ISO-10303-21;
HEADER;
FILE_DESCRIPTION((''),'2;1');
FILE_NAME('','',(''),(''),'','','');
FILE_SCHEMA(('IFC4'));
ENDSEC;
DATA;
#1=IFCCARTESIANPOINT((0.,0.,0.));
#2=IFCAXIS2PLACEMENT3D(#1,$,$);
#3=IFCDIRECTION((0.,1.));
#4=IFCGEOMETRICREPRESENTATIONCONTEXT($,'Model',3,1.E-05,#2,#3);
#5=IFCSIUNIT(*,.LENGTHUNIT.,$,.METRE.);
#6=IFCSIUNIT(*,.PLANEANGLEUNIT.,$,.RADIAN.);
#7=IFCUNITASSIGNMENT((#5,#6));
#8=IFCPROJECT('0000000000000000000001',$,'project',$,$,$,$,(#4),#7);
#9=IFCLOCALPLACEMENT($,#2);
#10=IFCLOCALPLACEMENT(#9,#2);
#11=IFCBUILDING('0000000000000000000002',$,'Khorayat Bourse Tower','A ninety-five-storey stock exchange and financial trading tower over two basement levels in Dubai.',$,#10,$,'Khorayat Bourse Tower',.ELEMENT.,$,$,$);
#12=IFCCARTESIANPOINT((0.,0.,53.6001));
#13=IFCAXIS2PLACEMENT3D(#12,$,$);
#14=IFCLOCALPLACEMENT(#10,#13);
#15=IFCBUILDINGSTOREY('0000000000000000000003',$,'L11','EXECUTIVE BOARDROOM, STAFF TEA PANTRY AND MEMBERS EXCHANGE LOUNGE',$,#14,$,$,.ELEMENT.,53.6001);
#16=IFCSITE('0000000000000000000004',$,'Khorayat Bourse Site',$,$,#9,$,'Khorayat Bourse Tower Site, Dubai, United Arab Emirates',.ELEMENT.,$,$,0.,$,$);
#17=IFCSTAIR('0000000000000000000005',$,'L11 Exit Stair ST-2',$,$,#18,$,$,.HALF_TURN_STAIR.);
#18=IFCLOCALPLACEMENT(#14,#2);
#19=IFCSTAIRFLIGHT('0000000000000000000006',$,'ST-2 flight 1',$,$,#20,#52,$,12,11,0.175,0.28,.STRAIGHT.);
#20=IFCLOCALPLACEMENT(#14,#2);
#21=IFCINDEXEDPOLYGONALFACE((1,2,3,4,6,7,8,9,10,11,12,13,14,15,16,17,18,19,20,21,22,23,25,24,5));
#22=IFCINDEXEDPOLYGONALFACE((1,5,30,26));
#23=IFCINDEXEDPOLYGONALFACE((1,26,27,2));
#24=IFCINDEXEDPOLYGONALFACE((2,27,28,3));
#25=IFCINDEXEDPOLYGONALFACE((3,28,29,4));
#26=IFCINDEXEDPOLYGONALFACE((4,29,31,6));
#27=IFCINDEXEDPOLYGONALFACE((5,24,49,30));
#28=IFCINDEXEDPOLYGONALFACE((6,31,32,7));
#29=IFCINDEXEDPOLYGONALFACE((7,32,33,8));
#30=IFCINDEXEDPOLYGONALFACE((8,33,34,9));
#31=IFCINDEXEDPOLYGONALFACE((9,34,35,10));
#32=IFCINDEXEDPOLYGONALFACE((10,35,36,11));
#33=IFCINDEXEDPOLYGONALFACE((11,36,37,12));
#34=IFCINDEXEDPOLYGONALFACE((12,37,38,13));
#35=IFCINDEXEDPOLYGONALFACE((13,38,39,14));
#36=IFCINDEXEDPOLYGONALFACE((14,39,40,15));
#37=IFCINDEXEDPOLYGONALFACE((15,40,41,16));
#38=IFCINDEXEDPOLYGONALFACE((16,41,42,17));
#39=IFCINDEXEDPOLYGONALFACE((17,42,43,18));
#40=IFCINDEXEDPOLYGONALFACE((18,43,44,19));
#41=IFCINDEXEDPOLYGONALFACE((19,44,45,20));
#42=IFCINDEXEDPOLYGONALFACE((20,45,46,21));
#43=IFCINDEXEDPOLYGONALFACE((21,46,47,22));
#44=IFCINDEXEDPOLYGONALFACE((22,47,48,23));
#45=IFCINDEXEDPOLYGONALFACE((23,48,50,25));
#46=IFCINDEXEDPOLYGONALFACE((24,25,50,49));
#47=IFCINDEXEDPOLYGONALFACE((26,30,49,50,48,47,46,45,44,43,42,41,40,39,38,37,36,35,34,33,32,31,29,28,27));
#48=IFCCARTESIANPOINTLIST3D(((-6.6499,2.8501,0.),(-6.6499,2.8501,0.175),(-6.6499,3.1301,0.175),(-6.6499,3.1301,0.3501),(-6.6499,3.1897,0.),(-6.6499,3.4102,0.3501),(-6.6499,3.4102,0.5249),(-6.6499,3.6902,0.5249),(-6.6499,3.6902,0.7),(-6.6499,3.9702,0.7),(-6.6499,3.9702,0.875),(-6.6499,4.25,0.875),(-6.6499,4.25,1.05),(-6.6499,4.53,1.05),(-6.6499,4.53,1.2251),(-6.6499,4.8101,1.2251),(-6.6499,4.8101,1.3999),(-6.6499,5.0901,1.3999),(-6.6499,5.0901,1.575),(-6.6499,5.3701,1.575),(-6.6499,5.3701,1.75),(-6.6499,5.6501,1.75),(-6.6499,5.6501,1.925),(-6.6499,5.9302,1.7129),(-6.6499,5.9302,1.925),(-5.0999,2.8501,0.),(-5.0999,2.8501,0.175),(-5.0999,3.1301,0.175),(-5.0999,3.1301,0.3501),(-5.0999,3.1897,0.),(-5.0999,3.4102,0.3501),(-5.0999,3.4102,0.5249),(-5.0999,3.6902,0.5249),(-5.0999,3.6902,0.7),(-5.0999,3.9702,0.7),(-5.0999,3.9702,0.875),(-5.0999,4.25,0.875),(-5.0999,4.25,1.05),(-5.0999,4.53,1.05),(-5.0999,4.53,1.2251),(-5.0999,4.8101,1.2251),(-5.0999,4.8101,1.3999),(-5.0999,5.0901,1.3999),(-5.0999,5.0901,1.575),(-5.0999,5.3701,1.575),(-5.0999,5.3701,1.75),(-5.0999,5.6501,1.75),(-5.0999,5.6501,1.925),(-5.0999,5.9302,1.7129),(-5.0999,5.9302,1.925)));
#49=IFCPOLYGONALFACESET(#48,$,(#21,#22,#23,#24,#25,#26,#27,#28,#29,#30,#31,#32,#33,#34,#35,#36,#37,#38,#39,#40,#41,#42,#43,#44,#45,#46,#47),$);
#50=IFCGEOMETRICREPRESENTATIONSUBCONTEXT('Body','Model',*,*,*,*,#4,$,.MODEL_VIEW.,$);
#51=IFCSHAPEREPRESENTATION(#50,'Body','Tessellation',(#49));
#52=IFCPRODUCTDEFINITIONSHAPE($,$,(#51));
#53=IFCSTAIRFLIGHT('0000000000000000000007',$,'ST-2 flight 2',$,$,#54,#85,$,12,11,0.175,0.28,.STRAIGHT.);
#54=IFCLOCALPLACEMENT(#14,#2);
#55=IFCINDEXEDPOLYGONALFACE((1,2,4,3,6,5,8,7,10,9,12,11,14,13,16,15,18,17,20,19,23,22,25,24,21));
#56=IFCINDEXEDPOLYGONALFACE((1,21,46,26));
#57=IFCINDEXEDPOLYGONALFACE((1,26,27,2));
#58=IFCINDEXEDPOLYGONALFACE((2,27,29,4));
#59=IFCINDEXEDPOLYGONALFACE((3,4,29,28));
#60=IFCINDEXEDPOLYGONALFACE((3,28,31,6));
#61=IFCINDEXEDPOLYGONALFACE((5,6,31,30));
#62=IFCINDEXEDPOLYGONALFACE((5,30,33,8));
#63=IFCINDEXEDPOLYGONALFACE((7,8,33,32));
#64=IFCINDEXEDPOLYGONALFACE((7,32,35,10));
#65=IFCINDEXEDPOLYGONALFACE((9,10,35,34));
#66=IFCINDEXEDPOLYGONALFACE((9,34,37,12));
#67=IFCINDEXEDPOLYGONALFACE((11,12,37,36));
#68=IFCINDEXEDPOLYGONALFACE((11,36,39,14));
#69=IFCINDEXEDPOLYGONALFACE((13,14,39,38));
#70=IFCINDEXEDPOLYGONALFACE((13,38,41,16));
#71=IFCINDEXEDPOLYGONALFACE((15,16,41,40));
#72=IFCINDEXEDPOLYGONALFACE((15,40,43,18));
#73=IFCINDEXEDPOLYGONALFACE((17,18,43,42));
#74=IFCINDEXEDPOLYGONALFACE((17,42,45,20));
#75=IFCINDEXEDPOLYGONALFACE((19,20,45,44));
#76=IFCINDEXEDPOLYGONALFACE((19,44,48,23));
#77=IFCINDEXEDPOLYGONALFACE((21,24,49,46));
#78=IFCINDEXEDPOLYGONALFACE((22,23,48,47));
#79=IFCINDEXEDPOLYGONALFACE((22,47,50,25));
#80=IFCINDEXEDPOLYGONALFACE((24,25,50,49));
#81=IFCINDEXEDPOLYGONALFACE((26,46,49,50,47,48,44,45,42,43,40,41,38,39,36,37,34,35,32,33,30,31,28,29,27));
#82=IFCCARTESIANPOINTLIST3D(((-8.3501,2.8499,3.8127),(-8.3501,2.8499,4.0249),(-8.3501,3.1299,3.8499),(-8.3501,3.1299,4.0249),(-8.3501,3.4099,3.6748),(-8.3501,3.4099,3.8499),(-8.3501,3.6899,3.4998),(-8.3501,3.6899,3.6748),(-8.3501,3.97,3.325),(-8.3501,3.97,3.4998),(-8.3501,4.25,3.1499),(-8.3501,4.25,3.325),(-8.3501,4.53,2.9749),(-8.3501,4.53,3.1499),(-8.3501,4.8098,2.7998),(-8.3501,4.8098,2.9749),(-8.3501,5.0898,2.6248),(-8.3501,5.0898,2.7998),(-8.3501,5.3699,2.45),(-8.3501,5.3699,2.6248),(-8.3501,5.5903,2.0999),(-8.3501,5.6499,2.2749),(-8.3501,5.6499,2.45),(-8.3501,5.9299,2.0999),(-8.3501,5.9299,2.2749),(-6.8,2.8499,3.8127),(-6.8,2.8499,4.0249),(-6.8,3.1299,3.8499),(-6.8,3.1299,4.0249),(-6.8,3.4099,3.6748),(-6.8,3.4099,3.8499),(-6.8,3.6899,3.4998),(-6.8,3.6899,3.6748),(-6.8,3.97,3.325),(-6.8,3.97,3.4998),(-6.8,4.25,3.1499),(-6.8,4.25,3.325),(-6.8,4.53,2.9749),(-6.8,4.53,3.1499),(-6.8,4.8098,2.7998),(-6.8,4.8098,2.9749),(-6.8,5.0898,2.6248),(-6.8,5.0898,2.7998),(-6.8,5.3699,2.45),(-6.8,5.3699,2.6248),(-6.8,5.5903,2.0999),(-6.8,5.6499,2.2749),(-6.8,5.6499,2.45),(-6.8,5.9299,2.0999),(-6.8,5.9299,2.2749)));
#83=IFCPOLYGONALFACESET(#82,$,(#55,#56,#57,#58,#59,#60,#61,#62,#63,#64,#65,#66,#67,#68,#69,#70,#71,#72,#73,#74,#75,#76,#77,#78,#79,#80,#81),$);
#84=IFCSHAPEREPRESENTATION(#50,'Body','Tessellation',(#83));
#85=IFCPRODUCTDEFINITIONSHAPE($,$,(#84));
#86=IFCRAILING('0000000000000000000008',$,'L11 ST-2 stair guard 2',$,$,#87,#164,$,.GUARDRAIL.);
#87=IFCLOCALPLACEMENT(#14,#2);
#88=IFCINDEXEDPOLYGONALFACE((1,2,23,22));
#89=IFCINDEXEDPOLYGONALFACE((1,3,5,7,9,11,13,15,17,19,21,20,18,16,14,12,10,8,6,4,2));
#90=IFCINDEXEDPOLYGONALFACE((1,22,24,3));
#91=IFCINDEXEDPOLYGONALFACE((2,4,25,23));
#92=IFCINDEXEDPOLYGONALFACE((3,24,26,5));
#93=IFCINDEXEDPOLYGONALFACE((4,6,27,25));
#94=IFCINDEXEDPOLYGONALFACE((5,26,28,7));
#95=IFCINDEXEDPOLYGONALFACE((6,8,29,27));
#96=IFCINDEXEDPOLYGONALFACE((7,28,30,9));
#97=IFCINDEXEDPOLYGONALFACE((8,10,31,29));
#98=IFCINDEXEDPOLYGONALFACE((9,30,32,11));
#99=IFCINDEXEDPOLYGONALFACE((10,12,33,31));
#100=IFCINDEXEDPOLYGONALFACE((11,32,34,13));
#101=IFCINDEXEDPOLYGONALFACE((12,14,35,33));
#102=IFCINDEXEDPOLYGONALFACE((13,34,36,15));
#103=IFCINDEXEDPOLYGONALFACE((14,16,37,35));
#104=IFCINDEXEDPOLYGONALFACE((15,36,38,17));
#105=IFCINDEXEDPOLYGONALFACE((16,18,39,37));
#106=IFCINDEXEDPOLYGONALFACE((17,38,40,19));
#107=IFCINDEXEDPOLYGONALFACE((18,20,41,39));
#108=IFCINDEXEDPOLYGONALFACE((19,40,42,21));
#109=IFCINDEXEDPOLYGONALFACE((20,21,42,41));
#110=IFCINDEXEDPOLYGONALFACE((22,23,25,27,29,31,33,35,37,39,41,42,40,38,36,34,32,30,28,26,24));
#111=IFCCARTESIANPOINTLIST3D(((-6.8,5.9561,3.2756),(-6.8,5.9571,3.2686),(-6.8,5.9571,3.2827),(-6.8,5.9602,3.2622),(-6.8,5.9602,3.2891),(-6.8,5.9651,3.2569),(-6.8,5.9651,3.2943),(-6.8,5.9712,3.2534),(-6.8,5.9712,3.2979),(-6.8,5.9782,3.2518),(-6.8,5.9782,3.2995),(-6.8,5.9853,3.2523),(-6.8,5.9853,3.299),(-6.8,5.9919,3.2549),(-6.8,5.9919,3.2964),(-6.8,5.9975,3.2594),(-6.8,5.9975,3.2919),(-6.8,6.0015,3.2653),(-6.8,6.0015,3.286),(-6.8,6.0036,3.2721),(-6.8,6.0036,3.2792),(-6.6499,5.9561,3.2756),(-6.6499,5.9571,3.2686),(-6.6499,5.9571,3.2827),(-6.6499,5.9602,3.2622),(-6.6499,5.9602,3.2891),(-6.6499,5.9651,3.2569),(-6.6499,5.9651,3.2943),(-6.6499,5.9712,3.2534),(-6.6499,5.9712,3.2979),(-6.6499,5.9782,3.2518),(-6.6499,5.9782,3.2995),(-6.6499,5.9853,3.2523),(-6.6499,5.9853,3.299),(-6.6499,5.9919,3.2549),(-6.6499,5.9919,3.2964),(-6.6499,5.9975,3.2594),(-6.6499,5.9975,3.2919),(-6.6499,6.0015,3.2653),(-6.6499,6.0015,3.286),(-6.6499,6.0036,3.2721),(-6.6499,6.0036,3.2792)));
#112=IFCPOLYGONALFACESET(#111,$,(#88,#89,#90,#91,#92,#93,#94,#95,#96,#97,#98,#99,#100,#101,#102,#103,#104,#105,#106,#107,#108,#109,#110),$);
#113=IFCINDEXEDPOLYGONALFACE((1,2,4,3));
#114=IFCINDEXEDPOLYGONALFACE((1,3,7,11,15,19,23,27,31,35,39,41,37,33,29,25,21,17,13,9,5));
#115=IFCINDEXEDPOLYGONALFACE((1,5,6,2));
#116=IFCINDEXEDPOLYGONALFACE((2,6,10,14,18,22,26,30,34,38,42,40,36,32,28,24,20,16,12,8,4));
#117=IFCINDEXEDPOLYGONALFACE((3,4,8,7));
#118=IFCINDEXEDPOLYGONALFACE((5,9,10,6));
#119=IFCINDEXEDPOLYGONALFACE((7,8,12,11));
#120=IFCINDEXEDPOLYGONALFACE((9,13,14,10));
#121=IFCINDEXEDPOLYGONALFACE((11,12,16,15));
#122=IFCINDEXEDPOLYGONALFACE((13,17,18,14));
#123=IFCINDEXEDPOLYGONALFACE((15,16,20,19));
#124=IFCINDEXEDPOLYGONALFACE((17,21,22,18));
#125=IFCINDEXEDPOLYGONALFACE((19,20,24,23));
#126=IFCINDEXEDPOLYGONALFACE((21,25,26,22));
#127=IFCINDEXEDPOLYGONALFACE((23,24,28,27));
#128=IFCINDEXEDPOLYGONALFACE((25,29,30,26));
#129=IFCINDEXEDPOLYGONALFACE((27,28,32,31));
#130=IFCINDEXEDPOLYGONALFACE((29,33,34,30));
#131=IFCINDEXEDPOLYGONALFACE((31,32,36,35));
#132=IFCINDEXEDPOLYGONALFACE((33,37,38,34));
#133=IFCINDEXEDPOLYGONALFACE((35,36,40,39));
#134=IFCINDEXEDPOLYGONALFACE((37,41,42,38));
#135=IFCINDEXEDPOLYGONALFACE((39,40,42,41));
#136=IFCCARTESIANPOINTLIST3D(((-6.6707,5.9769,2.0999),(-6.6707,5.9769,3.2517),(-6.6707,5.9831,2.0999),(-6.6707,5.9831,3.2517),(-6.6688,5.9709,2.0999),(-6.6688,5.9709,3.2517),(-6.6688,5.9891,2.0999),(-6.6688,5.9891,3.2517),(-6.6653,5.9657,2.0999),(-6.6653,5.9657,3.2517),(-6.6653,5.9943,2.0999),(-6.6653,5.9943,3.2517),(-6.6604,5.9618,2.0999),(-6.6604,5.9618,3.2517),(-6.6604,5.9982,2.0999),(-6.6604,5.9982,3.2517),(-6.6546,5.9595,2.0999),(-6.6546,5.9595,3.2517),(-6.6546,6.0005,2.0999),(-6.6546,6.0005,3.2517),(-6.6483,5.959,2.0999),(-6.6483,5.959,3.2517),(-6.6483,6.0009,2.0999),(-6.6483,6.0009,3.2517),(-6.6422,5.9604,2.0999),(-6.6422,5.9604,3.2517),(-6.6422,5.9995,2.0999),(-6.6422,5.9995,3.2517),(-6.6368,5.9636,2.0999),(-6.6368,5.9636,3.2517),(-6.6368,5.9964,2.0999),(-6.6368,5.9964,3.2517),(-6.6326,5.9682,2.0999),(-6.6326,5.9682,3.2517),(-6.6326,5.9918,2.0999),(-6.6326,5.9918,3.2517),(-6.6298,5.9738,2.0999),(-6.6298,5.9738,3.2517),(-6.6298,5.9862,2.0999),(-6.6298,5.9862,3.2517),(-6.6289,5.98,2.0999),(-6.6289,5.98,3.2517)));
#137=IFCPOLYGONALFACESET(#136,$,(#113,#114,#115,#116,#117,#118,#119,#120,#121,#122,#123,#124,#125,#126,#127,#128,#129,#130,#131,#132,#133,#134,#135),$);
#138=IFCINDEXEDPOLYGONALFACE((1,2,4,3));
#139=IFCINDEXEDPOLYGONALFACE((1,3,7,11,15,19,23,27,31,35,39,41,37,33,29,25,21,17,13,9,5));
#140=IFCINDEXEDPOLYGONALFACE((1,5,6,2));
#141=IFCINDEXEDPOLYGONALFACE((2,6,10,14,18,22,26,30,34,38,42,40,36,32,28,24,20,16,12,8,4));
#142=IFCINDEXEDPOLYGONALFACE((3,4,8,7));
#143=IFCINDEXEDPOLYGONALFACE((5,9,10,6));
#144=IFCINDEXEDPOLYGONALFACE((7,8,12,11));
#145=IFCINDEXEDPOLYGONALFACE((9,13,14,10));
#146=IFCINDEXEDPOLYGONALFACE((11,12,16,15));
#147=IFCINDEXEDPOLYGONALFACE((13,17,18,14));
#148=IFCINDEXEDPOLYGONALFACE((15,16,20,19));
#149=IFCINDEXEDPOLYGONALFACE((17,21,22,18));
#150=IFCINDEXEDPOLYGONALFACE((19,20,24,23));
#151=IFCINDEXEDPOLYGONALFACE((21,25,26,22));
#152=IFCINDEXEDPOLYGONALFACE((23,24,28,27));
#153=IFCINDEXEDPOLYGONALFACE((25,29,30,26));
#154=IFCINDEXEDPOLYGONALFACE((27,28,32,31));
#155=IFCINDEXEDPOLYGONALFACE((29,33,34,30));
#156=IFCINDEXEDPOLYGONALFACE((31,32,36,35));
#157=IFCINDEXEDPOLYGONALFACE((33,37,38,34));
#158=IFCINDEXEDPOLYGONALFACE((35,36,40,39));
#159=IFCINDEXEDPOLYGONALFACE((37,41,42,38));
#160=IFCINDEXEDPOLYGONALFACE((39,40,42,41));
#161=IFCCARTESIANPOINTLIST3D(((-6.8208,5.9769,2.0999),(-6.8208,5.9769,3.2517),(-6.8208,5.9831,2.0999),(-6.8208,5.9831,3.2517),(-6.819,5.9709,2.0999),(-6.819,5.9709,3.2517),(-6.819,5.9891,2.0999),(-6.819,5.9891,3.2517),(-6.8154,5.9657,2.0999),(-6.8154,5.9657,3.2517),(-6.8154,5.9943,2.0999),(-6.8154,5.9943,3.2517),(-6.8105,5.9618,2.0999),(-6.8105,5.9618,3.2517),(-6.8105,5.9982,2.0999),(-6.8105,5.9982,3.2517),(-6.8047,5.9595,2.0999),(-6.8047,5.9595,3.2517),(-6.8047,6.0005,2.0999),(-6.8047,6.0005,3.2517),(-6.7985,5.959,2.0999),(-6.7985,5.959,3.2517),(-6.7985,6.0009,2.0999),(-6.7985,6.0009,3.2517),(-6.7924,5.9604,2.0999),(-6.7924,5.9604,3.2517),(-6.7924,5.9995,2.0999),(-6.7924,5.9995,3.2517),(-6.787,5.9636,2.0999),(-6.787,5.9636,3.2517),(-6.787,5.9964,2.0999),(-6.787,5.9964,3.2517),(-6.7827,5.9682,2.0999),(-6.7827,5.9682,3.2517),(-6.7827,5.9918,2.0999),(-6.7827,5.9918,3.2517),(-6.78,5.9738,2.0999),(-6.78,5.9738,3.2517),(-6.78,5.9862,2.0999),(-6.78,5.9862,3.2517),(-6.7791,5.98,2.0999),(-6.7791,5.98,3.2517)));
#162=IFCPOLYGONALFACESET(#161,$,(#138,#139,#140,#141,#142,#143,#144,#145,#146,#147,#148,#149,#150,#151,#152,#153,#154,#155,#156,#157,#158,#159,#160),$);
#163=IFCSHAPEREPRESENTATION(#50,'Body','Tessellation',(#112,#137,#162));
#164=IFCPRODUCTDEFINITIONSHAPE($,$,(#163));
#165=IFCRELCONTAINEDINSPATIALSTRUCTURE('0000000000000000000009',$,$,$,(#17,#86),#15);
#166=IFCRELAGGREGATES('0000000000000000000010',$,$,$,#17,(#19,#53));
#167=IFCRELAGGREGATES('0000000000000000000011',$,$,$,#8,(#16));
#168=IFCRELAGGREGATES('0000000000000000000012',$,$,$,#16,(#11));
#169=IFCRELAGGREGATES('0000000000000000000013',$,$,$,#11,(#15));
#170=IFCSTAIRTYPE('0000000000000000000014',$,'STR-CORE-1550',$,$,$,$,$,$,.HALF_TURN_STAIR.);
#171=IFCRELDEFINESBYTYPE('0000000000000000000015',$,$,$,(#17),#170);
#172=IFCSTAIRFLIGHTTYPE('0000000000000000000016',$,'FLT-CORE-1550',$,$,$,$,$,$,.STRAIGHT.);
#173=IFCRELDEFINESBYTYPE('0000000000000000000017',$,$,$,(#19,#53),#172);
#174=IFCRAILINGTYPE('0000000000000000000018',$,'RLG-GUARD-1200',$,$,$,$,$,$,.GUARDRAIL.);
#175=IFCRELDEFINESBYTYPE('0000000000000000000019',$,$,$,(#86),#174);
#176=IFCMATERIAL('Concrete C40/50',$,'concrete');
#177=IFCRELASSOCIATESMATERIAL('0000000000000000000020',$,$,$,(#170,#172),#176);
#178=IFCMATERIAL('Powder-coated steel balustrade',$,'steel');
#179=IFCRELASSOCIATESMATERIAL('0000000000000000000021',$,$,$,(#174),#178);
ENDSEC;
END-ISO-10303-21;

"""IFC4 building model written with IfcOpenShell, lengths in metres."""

from ifc_helpers import new_model, si_unit, direction, frame, origin, origin_2d, place, context, subcontext, project, spatial, polyline, circle, outline, extrude, source, transform, mapped, material, type_object, element, aggregate, save


model = new_model("IFC4")

# Units and contexts
model_context = context("Model", 3, precision=1e-05, world=origin(), true_north=direction((0.0, 1.0)))
body_context = subcontext(model_context, "Body", "Model", "MODEL_VIEW")
ifc_project = project(units=[si_unit("LENGTHUNIT", "METRE"), si_unit("PLANEANGLEUNIT", "RADIAN")], contexts=[model_context])

# Site, building, storey
site_placement = place(None, origin())
site = spatial("IfcSite", under=ifc_project, at=site_placement, Name="Khorayat Bourse Site", LongName="Khorayat Bourse Tower Site, Dubai, United Arab Emirates", CompositionType="ELEMENT", RefElevation=0.0)
building_placement = place(site_placement, origin())
building = spatial("IfcBuilding", under=site, at=building_placement, Name="Khorayat Bourse Tower", Description="A ninety-five-storey stock exchange and financial trading tower over two basement levels in Dubai.", LongName="Khorayat Bourse Tower", CompositionType="ELEMENT")
storey_placement = place(building_placement, frame((0.0, 0.0, 53.6001)))
storey = spatial("IfcBuildingStorey", under=building, at=storey_placement, Name="L11", Description="EXECUTIVE BOARDROOM, STAFF TEA PANTRY AND MEMBERS EXCHANGE LOUNGE", CompositionType="ELEMENT", Elevation=53.6001)

# Stair, stair flights
ifc_material_1 = material(Name="Concrete C40/50", Category="concrete")
stair_type = type_object("IfcStairType", Name="STR-CORE-1550", PredefinedType="HALF_TURN_STAIR", material=ifc_material_1)
stair_placement = place(storey_placement, origin())
stair = element("IfcStair", 1, at=stair_placement, inside=storey, type_object=stair_type, Name="L11 Exit Stair ST-2", PredefinedType="HALF_TURN_STAIR")
stair_flight_type = type_object("IfcStairFlightType", Name="FLT-CORE-1550", PredefinedType="STRAIGHT", material=ifc_material_1)
shared_shape_1 = source(origin(), body_context, "Body", "SweptSolid", [
    extrude(outline(polyline([(0.0, 0.0), (0.0, 0.175), (0.28, 0.175), (0.28, 0.3501), (0.5601, 0.3501), (0.5601, 0.5249), (0.8401, 0.5249), (0.8401, 0.7), (1.1201, 0.7), (1.1201, 0.875), (1.3999, 0.875), (1.3999, 1.05), (1.6799, 1.05), (1.6799, 1.2251), (1.96, 1.2251), (1.96, 1.3999), (2.24, 1.3999), (2.24, 1.575), (2.52, 1.575), (2.52, 1.75), (2.8, 1.75), (2.8, 1.925), (3.0801, 1.925), (3.0801, 2.1001), (3.0801, 1.7129), (0.3396, 0.0), (0.0, 0.0)])), frame((0.0, 0.7749, 0.0), z_axis=(0.0, -1.0, 0.0), x_axis=(1.0, 0.0, 0.0)), (0.0, 0.0, 1.0), 1.55),
])
stair_flight_1_placement = place(storey_placement, frame((-5.875, 2.8501, 0.0), z_axis=(0.0, 0.0, 1.0), x_axis=(0.0, 1.0, 0.0)))
stair_flight_1 = element("IfcStairFlight", 2, at=stair_flight_1_placement, type_object=stair_flight_type, Name="ST-2 flight 1", NumberOfRisers=12, NumberOfTreads=11, PredefinedType="STRAIGHT", RiserHeight=0.175, TreadLength=0.28, context=body_context, shape_type="MappedRepresentation", body=[
    mapped(shared_shape_1, transform((0.0, 0.0, 0.0), scale=1.0)),
])
stair_flight_2_placement = place(storey_placement, frame((-7.575, 5.9299, 2.0999), z_axis=(0.0, 0.0, 1.0), x_axis=(0.0, -1.0, 0.0)))
stair_flight_2 = element("IfcStairFlight", 3, at=stair_flight_2_placement, type_object=stair_flight_type, Name="ST-2 flight 2", NumberOfRisers=12, NumberOfTreads=11, PredefinedType="STRAIGHT", RiserHeight=0.175, TreadLength=0.28, context=body_context, shape_type="MappedRepresentation", body=[
    mapped(shared_shape_1, transform((0.0, 0.0, 0.0), scale=1.0)),
])
aggregate(stair, [stair_flight_1, stair_flight_2])

# Railing
ifc_material_2 = material(Name="Powder-coated steel balustrade", Category="steel")
railing_type_1 = type_object("IfcRailingType", Name="RLG-GUARD-1200", PredefinedType="GUARDRAIL", material=ifc_material_2)
shared_shape_2 = source(origin(), body_context, "Body", "SweptSolid", [
    extrude(circle(Radius=0.0239, at=origin_2d()), frame((0.0, 0.0, 1.1758), z_axis=(-1.0, 0.0, 0.0), x_axis=(0.0, -1.0, 0.0)), (0.0, 0.0, 1.0), 0.1501),
    extrude(circle(Radius=0.021, at=origin_2d()), origin(), (0.0, 0.0, 1.0), 1.1519),
    extrude(circle(Radius=0.021, at=origin_2d()), frame((-0.1501, 0.0, 0.0)), (0.0, 0.0, 1.0), 1.1519),
])
for number, where, name in (
    (4, (-6.6499, 5.98, 2.0999), "L11 ST-2 stair guard 2"),
):
    element("IfcRailing", number, at=place(storey_placement, frame(where)), inside=storey, type_object=railing_type_1, Name=name, PredefinedType="GUARDRAIL", context=body_context, shape_type="MappedRepresentation", body=[
        mapped(shared_shape_2, transform((0.0, 0.0, 0.0), scale=1.0)),
    ])

save(model, "model.ifc")
